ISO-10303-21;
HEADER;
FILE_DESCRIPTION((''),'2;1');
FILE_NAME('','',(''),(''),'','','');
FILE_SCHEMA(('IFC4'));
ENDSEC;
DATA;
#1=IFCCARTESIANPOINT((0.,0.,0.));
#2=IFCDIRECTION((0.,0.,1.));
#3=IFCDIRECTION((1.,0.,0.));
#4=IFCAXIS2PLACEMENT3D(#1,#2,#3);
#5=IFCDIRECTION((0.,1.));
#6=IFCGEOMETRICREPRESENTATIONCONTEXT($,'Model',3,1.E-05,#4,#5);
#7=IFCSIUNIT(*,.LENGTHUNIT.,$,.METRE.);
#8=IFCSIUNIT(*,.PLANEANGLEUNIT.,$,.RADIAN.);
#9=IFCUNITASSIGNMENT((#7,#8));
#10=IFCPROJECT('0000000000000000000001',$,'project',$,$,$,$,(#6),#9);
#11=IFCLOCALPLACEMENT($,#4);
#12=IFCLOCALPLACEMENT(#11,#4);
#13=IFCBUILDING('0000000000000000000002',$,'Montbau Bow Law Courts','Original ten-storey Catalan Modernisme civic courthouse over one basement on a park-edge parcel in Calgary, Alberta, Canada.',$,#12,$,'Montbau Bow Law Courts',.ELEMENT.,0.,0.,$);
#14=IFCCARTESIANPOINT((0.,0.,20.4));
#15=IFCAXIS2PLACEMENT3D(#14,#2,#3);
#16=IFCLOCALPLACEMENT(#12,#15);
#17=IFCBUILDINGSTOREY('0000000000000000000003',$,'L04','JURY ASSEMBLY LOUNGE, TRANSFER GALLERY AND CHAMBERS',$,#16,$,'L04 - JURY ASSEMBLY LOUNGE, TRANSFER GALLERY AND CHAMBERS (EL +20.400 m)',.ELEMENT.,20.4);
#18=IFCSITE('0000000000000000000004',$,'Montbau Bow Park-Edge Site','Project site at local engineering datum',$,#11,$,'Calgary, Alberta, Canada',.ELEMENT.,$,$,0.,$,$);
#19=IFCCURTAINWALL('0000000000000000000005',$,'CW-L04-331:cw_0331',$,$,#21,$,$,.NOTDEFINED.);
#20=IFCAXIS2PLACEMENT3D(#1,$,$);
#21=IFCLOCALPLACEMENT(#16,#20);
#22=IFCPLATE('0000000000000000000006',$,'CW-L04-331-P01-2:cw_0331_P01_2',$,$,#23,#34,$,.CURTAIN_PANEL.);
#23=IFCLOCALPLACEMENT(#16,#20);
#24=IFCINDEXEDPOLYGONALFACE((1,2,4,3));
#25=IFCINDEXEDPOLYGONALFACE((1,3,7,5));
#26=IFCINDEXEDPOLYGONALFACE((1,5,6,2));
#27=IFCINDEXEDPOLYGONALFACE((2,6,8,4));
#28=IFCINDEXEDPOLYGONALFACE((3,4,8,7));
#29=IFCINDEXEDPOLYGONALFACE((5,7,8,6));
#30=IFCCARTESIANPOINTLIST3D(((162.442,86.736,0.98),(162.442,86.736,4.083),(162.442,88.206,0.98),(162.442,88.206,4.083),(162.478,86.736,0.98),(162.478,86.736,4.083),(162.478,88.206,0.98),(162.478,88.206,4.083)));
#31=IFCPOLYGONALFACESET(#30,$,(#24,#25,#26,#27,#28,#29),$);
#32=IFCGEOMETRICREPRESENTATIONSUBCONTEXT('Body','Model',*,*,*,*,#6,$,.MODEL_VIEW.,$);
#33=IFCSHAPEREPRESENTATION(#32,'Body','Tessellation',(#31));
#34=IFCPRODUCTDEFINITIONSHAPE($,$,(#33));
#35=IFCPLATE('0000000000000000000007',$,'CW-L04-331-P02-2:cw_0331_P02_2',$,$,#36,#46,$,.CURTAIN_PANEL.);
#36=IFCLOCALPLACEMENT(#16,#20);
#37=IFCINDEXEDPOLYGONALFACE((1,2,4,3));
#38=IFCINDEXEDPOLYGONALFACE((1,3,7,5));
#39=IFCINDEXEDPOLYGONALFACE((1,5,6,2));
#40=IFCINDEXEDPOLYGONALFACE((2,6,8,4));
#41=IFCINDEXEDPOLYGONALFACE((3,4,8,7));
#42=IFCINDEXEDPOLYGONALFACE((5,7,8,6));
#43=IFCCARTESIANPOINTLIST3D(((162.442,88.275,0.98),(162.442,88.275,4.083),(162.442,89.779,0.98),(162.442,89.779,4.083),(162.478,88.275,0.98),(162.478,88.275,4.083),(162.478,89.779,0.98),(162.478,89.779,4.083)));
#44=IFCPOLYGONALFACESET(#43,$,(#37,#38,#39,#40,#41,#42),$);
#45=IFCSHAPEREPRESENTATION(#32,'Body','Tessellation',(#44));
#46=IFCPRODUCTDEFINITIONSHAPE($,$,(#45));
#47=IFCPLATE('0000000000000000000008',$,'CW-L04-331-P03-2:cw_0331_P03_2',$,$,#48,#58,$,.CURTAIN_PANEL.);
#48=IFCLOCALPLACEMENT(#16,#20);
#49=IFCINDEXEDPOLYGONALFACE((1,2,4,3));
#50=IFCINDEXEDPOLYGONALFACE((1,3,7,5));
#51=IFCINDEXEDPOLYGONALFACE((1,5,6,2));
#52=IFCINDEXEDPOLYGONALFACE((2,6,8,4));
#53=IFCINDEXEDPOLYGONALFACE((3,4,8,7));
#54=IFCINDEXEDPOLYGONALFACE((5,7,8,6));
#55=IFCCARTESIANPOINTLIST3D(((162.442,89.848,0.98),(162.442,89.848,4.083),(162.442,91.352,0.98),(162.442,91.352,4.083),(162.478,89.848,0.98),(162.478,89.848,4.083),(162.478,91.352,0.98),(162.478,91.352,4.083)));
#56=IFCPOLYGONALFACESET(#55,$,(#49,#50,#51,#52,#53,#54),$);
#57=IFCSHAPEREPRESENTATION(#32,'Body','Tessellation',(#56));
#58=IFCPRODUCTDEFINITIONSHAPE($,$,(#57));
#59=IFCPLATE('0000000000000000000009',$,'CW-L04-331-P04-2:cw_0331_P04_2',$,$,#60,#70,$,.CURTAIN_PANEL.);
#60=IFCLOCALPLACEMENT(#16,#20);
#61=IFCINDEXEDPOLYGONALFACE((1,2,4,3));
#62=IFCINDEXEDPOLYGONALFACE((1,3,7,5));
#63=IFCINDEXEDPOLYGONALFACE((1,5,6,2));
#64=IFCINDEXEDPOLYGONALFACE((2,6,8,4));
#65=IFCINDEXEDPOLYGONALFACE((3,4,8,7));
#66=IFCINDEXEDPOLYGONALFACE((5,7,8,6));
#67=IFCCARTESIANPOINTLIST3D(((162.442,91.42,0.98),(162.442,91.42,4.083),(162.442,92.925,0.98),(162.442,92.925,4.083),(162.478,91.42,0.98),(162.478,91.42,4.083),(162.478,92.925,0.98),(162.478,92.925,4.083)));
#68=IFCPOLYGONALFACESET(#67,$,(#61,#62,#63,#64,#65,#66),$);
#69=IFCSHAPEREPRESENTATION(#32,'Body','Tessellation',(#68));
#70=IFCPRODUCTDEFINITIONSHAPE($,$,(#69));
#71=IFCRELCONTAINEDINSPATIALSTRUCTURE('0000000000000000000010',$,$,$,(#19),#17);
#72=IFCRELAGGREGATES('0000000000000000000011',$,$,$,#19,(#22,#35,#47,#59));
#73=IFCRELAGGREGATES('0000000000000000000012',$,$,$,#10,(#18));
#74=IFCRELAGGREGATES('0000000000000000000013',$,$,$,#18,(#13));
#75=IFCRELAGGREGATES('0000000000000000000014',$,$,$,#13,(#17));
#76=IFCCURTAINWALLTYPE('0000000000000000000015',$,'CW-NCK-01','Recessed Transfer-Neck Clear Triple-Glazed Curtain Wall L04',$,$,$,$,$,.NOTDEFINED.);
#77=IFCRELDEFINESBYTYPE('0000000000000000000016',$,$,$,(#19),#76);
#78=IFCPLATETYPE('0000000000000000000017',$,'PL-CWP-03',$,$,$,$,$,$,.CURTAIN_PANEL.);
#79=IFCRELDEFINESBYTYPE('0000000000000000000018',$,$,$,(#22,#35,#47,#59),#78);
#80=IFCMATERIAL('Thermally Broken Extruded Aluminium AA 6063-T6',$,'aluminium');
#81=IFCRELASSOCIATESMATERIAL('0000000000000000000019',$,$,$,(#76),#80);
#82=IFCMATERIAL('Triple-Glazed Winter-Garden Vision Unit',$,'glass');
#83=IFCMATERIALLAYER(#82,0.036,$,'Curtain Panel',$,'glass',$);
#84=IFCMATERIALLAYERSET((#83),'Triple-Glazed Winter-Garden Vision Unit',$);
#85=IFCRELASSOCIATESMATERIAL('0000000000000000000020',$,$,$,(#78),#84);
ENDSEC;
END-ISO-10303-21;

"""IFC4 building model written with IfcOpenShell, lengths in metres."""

from ifc_helpers import new_model, si_unit, direction, frame, frame_2d, origin_with_axes, place, context, subcontext, project, spatial, rectangle, extrude, material, layer, layer_set, type_object, element, aggregate, save


model = new_model("IFC4")

# Units and contexts
model_context = context("Model", 3, precision=1e-05, world=origin_with_axes(), true_north=direction((0.0, 1.0)))
body_context = subcontext(model_context, "Body", "Model", "MODEL_VIEW")
ifc_project = project(units=[si_unit("LENGTHUNIT", "METRE"), si_unit("PLANEANGLEUNIT", "RADIAN")], contexts=[model_context])

# Site, building, storey
site_placement = place(None, origin_with_axes())
site = spatial("IfcSite", under=ifc_project, at=site_placement, Name="Montbau Bow Park-Edge Site", Description="Project site at local engineering datum", LongName="Calgary, Alberta, Canada", CompositionType="ELEMENT", RefElevation=0.0)
building_placement = place(site_placement, origin_with_axes())
building = spatial("IfcBuilding", under=site, at=building_placement, Name="Montbau Bow Law Courts", Description="Original ten-storey Catalan Modernisme civic courthouse over one basement on a park-edge parcel in Calgary, Alberta, Canada.", LongName="Montbau Bow Law Courts", CompositionType="ELEMENT", ElevationOfRefHeight=0.0, ElevationOfTerrain=0.0)
storey_placement = place(building_placement, frame((0.0, 0.0, 20.4), z_axis=(0.0, 0.0, 1.0), x_axis=(1.0, 0.0, 0.0)))
storey = spatial("IfcBuildingStorey", under=building, at=storey_placement, Name="L04", Description="JURY ASSEMBLY LOUNGE, TRANSFER GALLERY AND CHAMBERS", LongName="L04 - JURY ASSEMBLY LOUNGE, TRANSFER GALLERY AND CHAMBERS (EL +20.400 m)", CompositionType="ELEMENT", Elevation=20.4)

# Shared definitions
ifc_material_1 = material(Name="Thermally Broken Extruded Aluminium AA 6063-T6", Category="aluminium")
curtain_wall_type = type_object("IfcCurtainWallType", Name="CW-NCK-01", Description="Recessed Transfer-Neck Clear Triple-Glazed Curtain Wall L04", PredefinedType="NOTDEFINED", material=ifc_material_1)

# Curtain wall, plates
curtain_wall_1_placement = place(None, frame((162.46, 86.668, 20.4), z_axis=(0.0, 0.0, 1.0), x_axis=(1.0, 0.0, 0.0)))
curtain_wall_1 = element("IfcCurtainWall", 1, at=curtain_wall_1_placement, inside=storey, type_object=curtain_wall_type, Name="CW-L04-331:cw_0331", PredefinedType="NOTDEFINED")
ifc_material_2 = material(Name="Triple-Glazed Winter-Garden Vision Unit", Category="glass")
ifc_layer_1 = layer(ifc_material_2, 0.036, Name="Curtain Panel", Category="glass")
ifc_layer_set_1 = layer_set([ifc_layer_1], Name="Triple-Glazed Winter-Garden Vision Unit")
plate_type_1 = type_object("IfcPlateType", Name="PL-CWP-03", PredefinedType="CURTAIN_PANEL", material=ifc_layer_set_1)
plate_1_placement = place(None, frame((162.46, 86.736, 21.38), z_axis=(1.0, 0.0, 0.0), x_axis=(0.0, 1.0, 0.0)))
plate_1 = element("IfcPlate", 2, at=plate_1_placement, type_object=plate_type_1, Name="CW-L04-331-P01-2:cw_0331_P01_2", PredefinedType="CURTAIN_PANEL", context=body_context, shape_type="SweptSolid", body=[
    extrude(rectangle(XDim=1.47, YDim=3.103, at=frame_2d((0.735, 1.5515), x_axis=(1.0, 0.0))), frame((0.0, 0.0, -0.018), z_axis=(0.0, 0.0, 1.0), x_axis=(1.0, 0.0, 0.0)), (0.0, 0.0, 1.0), 0.036),
])
plate_2_placement = place(None, frame((162.46, 88.275, 21.38), z_axis=(1.0, 0.0, 0.0), x_axis=(0.0, 1.0, 0.0)))
plate_2 = element("IfcPlate", 3, at=plate_2_placement, type_object=plate_type_1, Name="CW-L04-331-P02-2:cw_0331_P02_2", PredefinedType="CURTAIN_PANEL", context=body_context, shape_type="SweptSolid", body=[
    extrude(rectangle(XDim=1.504, YDim=3.103, at=frame_2d((0.752, 1.5515), x_axis=(1.0, 0.0))), frame((0.0, 0.0, -0.018), z_axis=(0.0, 0.0, 1.0), x_axis=(1.0, 0.0, 0.0)), (0.0, 0.0, 1.0), 0.036),
])
plate_3_placement = place(None, frame((162.46, 89.848, 21.38), z_axis=(1.0, 0.0, 0.0), x_axis=(0.0, 1.0, 0.0)))
plate_3 = element("IfcPlate", 4, at=plate_3_placement, type_object=plate_type_1, Name="CW-L04-331-P03-2:cw_0331_P03_2", PredefinedType="CURTAIN_PANEL", context=body_context, shape_type="SweptSolid", body=[
    extrude(rectangle(XDim=1.504, YDim=3.103, at=frame_2d((0.752, 1.5515), x_axis=(1.0, 0.0))), frame((0.0, 0.0, -0.018), z_axis=(0.0, 0.0, 1.0), x_axis=(1.0, 0.0, 0.0)), (0.0, 0.0, 1.0), 0.036),
])
plate_4_placement = place(None, frame((162.46, 91.42, 21.38), z_axis=(1.0, 0.0, 0.0), x_axis=(0.0, 1.0, 0.0)))
plate_4 = element("IfcPlate", 5, at=plate_4_placement, type_object=plate_type_1, Name="CW-L04-331-P04-2:cw_0331_P04_2", PredefinedType="CURTAIN_PANEL", context=body_context, shape_type="SweptSolid", body=[
    extrude(rectangle(XDim=1.505, YDim=3.103, at=frame_2d((0.7525, 1.5515), x_axis=(1.0, 0.0))), frame((0.0, 0.0, -0.018), z_axis=(0.0, 0.0, 1.0), x_axis=(1.0, 0.0, 0.0)), (0.0, 0.0, 1.0), 0.036),
])
aggregate(curtain_wall_1, [plate_1, plate_2, plate_3, plate_4])

save(model, "model.ifc")
